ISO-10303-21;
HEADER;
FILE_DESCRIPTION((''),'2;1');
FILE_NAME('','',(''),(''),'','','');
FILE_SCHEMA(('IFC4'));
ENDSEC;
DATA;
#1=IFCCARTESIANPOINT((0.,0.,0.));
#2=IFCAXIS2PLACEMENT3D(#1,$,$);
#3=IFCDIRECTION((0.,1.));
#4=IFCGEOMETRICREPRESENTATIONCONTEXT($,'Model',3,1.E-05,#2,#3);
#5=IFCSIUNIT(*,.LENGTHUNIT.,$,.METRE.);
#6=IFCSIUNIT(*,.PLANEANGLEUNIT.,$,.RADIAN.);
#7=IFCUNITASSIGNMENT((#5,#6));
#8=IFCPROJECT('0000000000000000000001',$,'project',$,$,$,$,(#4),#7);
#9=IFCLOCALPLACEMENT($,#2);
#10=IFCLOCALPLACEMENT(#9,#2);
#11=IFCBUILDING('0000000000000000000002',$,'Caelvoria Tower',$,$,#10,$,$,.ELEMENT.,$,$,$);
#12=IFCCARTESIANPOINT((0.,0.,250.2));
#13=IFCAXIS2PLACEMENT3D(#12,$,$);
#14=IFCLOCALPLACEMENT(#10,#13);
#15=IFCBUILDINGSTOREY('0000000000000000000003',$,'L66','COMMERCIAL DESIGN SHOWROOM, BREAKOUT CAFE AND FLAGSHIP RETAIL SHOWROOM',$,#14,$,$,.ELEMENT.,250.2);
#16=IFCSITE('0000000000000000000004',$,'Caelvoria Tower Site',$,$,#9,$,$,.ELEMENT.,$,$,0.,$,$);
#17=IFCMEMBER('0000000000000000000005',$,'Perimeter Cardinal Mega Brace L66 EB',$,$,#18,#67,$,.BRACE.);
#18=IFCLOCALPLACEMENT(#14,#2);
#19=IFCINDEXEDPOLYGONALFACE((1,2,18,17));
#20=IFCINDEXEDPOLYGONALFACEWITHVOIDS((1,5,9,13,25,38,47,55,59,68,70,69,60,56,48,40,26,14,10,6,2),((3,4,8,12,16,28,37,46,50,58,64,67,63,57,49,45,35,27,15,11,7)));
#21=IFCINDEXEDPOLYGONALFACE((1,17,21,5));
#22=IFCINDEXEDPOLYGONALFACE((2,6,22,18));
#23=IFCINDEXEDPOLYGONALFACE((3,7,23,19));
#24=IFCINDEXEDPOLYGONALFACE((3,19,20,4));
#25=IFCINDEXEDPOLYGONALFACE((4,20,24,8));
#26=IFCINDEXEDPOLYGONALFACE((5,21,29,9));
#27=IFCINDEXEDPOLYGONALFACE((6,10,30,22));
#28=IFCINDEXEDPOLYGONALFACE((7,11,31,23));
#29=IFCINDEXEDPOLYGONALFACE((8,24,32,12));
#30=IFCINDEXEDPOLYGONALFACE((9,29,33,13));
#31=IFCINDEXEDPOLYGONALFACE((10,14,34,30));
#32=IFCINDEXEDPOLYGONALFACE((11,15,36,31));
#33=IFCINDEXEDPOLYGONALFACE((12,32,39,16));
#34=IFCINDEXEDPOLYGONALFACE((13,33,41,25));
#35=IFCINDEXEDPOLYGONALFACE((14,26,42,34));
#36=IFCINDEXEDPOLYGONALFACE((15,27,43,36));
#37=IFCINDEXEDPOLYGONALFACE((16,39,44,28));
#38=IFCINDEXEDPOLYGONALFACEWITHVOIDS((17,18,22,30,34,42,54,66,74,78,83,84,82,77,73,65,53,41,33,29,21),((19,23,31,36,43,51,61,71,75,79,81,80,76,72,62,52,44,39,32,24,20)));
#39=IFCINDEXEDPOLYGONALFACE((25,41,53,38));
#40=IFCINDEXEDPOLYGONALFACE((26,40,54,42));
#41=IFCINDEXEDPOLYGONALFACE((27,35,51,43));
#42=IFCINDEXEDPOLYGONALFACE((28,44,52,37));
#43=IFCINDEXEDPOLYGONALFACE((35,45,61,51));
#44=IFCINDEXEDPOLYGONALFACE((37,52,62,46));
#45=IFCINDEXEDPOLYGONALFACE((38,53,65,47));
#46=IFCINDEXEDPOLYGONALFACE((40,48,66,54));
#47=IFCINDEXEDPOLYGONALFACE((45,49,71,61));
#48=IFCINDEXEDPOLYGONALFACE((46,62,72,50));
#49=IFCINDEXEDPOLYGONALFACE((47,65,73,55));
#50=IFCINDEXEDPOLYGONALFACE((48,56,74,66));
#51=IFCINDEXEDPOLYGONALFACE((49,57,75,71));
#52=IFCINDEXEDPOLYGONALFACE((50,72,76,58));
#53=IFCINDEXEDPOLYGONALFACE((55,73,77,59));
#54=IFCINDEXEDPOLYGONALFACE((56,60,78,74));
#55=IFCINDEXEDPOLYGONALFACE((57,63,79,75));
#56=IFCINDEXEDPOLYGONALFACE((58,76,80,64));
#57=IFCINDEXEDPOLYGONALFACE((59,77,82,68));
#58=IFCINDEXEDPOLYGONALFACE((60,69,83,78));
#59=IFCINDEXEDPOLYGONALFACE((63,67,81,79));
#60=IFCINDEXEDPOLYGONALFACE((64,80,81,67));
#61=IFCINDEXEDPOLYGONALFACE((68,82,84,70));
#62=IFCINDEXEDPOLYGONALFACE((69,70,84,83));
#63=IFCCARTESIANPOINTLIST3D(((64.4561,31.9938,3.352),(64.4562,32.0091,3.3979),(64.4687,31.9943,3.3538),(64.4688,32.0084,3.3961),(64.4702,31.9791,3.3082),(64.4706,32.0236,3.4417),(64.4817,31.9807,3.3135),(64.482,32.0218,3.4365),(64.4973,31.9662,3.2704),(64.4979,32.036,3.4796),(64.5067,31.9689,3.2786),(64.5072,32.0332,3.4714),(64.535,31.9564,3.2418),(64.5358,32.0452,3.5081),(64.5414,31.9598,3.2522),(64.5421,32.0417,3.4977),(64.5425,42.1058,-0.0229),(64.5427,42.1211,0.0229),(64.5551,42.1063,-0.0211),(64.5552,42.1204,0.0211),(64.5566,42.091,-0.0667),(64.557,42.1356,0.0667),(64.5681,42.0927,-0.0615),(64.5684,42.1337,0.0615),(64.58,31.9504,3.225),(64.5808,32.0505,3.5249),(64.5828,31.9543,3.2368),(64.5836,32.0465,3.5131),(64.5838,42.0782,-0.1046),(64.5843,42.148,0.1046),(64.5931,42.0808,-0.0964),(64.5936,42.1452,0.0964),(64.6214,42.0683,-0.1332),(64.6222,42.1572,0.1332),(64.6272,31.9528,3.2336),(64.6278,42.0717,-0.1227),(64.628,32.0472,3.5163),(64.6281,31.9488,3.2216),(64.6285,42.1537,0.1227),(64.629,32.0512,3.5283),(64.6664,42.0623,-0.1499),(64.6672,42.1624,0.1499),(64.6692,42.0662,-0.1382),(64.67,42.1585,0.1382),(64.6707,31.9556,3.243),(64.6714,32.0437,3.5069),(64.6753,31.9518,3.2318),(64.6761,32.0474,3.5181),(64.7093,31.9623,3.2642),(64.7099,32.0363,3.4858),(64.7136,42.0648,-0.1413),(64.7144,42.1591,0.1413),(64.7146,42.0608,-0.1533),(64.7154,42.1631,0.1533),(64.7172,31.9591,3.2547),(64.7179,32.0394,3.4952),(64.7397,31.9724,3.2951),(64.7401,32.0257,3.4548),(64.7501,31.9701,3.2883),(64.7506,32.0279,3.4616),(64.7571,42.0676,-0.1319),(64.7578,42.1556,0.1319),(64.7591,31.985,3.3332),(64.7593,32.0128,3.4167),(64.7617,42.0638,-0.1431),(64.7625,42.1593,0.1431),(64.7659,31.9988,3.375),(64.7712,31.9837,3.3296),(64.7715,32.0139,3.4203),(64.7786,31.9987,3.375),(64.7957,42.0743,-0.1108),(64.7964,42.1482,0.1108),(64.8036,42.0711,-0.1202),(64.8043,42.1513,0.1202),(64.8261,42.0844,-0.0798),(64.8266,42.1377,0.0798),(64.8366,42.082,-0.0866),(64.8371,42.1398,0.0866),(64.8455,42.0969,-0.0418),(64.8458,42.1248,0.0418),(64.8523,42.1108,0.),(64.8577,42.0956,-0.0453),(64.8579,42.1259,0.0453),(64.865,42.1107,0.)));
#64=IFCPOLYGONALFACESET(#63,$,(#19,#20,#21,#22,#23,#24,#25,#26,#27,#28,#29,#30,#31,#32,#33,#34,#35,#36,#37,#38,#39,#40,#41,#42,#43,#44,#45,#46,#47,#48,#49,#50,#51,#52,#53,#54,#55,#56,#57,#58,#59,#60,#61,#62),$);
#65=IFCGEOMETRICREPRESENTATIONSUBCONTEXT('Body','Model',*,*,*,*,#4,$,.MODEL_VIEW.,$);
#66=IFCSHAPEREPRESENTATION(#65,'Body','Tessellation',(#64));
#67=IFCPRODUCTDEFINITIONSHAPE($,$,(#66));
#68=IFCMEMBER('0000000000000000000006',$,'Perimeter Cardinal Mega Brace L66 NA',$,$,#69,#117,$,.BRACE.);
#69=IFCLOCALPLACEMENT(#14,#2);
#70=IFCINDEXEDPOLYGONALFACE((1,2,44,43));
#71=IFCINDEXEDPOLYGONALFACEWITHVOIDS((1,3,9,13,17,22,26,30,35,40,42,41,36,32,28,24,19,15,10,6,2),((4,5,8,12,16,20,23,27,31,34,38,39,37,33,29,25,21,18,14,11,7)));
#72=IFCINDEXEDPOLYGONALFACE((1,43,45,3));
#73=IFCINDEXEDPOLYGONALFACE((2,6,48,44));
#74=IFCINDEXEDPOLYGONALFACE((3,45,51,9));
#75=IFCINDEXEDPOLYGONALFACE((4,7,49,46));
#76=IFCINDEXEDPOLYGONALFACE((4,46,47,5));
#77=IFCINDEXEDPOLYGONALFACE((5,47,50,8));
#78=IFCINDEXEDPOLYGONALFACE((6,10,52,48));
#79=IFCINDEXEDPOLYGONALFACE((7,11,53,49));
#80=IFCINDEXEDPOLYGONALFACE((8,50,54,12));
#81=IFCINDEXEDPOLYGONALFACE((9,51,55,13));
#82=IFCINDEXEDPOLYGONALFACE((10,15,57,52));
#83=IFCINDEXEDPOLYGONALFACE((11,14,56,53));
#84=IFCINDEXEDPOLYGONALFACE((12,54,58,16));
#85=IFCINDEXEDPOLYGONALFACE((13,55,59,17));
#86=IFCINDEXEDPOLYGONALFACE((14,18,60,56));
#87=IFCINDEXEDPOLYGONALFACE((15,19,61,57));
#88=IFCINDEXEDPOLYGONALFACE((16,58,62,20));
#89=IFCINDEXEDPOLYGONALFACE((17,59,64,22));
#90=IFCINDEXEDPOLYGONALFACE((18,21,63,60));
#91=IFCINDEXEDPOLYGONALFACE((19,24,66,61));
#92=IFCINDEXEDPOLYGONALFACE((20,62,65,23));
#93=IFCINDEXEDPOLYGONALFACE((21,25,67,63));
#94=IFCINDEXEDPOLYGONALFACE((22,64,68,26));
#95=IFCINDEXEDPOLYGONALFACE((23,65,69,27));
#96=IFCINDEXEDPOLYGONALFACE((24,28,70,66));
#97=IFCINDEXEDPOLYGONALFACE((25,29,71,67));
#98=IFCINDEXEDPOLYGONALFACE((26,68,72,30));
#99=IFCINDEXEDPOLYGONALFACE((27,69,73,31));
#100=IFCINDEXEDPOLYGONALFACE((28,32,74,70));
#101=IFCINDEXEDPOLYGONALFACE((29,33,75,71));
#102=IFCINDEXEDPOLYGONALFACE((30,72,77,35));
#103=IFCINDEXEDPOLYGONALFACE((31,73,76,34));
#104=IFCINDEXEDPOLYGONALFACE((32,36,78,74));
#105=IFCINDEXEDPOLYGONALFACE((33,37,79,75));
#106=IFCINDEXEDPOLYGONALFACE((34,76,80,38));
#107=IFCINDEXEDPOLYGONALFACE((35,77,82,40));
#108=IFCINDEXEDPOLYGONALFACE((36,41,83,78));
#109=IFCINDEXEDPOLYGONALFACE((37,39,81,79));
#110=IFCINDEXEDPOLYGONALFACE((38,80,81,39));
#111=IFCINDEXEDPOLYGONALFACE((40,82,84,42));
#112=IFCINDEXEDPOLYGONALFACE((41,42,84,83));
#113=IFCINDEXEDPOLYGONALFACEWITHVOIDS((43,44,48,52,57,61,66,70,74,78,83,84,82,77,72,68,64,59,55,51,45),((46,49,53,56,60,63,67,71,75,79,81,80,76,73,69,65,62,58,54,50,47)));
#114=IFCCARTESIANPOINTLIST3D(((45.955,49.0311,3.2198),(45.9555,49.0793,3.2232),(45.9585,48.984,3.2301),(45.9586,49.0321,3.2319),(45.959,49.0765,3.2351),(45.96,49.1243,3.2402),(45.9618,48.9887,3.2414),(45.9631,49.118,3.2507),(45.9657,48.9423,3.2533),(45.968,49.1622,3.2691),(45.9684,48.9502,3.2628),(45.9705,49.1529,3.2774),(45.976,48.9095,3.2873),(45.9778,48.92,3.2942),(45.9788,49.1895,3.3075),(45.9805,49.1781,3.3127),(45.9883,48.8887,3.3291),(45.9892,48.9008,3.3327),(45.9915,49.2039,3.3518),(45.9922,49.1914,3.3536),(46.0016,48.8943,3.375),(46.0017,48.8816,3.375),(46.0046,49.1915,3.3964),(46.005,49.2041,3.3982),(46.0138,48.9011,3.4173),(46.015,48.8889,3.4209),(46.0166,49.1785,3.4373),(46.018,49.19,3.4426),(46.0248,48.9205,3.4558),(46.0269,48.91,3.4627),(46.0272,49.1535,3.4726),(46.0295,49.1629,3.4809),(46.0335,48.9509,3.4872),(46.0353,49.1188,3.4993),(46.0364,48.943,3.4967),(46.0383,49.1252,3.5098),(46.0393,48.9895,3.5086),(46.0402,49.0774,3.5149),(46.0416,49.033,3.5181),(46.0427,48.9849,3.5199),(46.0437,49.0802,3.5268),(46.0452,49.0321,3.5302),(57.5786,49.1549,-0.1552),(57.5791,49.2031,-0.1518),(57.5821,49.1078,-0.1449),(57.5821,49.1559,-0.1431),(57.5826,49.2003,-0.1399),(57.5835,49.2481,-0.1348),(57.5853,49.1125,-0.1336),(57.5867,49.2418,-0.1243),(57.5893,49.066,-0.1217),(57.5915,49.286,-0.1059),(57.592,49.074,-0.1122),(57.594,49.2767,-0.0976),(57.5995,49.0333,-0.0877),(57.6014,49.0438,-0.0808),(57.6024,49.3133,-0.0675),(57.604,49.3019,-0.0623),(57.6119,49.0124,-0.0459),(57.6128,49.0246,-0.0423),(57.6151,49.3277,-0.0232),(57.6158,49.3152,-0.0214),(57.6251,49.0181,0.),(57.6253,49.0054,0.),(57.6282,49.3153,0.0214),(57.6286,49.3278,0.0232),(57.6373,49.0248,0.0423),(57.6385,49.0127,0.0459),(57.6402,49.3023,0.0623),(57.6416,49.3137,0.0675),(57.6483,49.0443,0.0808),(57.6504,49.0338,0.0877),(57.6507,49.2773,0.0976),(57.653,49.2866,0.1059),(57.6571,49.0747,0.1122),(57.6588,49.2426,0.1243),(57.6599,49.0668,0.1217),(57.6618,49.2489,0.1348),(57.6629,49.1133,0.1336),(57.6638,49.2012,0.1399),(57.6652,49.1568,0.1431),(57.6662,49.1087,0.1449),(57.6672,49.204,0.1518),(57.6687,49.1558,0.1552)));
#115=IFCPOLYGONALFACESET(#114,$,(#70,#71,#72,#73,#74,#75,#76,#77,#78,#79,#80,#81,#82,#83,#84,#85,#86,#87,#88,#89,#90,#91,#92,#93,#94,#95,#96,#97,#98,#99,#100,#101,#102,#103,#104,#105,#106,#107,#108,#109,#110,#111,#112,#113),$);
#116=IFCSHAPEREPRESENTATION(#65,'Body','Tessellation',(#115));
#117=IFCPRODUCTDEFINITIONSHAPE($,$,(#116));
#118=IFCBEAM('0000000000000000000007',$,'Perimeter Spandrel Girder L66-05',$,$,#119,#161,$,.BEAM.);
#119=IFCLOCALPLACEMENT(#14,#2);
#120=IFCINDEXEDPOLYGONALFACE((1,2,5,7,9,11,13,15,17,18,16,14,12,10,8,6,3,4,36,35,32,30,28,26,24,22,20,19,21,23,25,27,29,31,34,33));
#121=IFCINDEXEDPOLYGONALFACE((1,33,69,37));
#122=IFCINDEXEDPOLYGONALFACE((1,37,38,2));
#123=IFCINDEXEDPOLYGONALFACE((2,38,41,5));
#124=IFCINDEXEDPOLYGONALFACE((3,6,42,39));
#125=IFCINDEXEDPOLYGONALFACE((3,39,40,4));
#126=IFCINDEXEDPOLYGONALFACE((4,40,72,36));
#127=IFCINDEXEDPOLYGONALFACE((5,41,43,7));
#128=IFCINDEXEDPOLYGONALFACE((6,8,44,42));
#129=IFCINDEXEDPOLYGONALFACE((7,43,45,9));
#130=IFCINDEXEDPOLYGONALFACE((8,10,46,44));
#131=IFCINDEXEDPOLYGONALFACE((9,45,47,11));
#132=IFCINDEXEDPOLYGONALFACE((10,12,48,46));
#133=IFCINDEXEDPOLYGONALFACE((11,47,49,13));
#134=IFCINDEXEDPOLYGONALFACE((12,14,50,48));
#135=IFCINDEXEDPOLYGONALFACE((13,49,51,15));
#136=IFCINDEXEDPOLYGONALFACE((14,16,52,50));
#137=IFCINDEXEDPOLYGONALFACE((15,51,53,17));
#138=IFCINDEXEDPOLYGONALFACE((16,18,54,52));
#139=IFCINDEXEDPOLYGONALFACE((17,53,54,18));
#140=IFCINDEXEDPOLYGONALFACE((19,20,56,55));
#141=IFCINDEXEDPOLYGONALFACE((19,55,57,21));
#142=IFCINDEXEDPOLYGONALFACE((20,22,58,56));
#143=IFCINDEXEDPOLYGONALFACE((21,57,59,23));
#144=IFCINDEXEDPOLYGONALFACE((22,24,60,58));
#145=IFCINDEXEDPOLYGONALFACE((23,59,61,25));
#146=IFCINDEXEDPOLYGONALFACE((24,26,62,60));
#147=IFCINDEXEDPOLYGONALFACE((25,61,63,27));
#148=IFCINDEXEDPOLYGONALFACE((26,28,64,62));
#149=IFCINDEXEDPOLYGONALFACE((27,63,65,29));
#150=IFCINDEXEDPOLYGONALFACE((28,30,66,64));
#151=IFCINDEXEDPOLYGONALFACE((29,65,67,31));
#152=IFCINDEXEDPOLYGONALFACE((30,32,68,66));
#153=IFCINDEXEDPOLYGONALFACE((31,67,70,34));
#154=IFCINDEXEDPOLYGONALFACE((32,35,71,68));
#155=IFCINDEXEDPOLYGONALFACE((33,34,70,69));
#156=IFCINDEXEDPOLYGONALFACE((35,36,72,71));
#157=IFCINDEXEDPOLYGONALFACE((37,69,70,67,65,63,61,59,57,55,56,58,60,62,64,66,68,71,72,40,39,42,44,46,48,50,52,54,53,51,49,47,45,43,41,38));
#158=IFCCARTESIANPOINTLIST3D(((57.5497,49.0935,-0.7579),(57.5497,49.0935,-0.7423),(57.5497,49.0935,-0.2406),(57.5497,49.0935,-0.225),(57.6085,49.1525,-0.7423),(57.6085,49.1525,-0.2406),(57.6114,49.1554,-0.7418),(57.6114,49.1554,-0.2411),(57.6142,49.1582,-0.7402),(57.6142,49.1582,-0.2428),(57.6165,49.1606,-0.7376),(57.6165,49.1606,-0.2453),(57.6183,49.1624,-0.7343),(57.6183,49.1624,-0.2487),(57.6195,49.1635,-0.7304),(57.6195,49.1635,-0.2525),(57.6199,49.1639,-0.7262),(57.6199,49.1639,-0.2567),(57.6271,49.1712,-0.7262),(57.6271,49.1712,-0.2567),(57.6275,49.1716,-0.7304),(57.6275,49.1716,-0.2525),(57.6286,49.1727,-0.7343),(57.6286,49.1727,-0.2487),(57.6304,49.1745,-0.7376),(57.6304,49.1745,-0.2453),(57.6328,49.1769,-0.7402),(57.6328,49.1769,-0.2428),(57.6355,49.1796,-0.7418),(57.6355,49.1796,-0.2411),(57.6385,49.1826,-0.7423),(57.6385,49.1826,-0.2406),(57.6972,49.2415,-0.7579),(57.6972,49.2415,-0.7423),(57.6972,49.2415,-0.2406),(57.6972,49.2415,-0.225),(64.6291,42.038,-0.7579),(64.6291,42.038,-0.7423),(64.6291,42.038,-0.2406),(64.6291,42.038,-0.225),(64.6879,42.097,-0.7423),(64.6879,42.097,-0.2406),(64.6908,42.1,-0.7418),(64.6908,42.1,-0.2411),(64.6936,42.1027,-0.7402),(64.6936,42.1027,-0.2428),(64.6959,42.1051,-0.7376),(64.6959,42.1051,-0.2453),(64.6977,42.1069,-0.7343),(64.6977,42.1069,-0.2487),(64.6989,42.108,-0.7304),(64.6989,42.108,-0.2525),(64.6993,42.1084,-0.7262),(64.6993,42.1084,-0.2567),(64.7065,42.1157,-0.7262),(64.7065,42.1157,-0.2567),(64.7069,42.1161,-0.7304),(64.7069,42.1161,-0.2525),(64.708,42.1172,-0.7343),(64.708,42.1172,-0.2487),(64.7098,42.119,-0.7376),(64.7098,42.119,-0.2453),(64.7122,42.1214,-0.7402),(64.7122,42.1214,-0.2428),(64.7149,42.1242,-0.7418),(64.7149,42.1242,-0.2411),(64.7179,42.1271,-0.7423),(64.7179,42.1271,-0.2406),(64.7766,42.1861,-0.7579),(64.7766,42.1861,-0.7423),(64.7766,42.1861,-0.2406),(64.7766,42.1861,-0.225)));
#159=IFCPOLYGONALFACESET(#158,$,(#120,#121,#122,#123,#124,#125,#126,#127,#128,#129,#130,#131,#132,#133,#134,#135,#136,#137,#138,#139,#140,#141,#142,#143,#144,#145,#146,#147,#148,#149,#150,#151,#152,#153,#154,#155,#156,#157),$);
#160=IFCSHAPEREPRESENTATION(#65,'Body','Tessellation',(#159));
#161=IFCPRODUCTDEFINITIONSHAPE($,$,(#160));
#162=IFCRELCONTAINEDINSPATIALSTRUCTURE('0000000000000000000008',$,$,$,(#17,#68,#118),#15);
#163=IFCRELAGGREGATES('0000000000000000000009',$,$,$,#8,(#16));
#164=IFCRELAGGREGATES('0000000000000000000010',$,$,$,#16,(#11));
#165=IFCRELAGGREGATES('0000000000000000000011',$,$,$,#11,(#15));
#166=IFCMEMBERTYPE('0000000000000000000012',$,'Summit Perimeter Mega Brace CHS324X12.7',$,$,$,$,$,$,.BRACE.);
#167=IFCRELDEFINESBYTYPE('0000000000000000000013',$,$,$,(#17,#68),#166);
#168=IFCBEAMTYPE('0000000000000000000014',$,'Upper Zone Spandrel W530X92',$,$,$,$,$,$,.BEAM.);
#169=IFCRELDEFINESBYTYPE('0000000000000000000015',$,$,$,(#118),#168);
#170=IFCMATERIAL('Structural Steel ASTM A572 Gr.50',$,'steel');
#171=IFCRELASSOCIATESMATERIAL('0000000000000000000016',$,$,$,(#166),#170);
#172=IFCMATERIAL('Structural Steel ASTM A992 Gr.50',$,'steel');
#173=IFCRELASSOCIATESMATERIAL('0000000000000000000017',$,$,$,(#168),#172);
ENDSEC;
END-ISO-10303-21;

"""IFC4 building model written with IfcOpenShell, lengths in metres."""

from ifc_helpers import new_model, si_unit, direction, frame, origin, origin_2d, place, context, subcontext, project, spatial, hollow_circle, i_section, extrude, material, material_profile, profile_set, type_object, element, save


model = new_model("IFC4")

# Units and contexts
model_context = context("Model", 3, precision=1e-05, world=origin(), true_north=direction((0.0, 1.0)))
body_context = subcontext(model_context, "Body", "Model", "MODEL_VIEW")
ifc_project = project(units=[si_unit("LENGTHUNIT", "METRE"), si_unit("PLANEANGLEUNIT", "RADIAN")], contexts=[model_context])

# Site, building, storey
site_placement = place(None, origin())
site = spatial("IfcSite", under=ifc_project, at=site_placement, Name="Caelvoria Tower Site", CompositionType="ELEMENT", RefElevation=0.0)
building_placement = place(site_placement, origin())
building = spatial("IfcBuilding", under=site, at=building_placement, Name="Caelvoria Tower", CompositionType="ELEMENT")
storey_placement = place(building_placement, frame((0.0, 0.0, 250.2)))
storey = spatial("IfcBuildingStorey", under=building, at=storey_placement, Name="L66", Description="COMMERCIAL DESIGN SHOWROOM, BREAKOUT CAFE AND FLAGSHIP RETAIL SHOWROOM", CompositionType="ELEMENT", Elevation=250.2)

# Shared definitions
ifc_material_1 = material(Name="Structural Steel ASTM A572 Gr.50", Category="steel")

# Shared definitions
ifc_material_2 = material(Name="Structural Steel ASTM A992 Gr.50", Category="steel")

# Members
ifc_material_profile_1 = material_profile(ifc_material_1, hollow_circle(Radius=0.1621, WallThickness=0.0127, at=origin_2d()), Name="Structural Steel ASTM A572 Gr.50")
ifc_profile_set_1 = profile_set([ifc_material_profile_1], Name="CHS324X12.7 - Structural Steel ASTM A572 Gr.50")
member_type = type_object("IfcMemberType", Name="Summit Perimeter Mega Brace CHS324X12.7", PredefinedType="BRACE", material=ifc_profile_set_1)
member_1_placement = place(storey_placement, frame((64.7029, 42.1121, 0.0), z_axis=(-0.008107, -0.948531, 0.316581), x_axis=(0.999963, -0.008546, 0.0)))
element("IfcMember", 1, at=member_1_placement, inside=storey, type_object=member_type, Name="Perimeter Cardinal Mega Brace L66 EB", PredefinedType="BRACE", context=body_context, shape_type="SweptSolid", body=[
    extrude(hollow_circle(Radius=0.1621, WallThickness=0.0127, at=origin_2d()), origin(), (0.0, 0.0, 1.0), 10.6606),
])
member_2_placement = place(storey_placement, frame((57.6235, 49.1675, 0.0), z_axis=(-0.960287, -0.010226, 0.278828), x_axis=(0.010648, -0.999943, 0.0)))
element("IfcMember", 2, at=member_2_placement, inside=storey, type_object=member_type, Name="Perimeter Cardinal Mega Brace L66 NA", PredefinedType="BRACE", context=body_context, shape_type="SweptSolid", body=[
    extrude(hollow_circle(Radius=0.1621, WallThickness=0.0127, at=origin_2d()), origin(), (0.0, 0.0, 1.0), 12.1042),
])

# Beam
ifc_material_profile_2 = material_profile(ifc_material_2, i_section(OverallWidth=0.209, OverallDepth=0.533, WebThickness=0.0103, FlangeThickness=0.0156, FilletRadius=0.0161, at=origin_2d()), Name="Structural Steel ASTM A992 Gr.50")
ifc_profile_set_2 = profile_set([ifc_material_profile_2], Name="W530X92 - Structural Steel ASTM A992 Gr.50")
beam_type_1 = type_object("IfcBeamType", Name="Upper Zone Spandrel W530X92", PredefinedType="BEAM", material=ifc_profile_set_2)
beam_1_placement = place(storey_placement, frame((64.7029, 42.1121, -0.4915), z_axis=(-0.708303, 0.705909, 0.0), x_axis=(-0.705909, -0.708303, 0.0)))
element("IfcBeam", 3, at=beam_1_placement, inside=storey, type_object=beam_type_1, Name="Perimeter Spandrel Girder L66-05", PredefinedType="BEAM", context=body_context, shape_type="SweptSolid", body=[
    extrude(i_section(OverallWidth=0.209, OverallDepth=0.533, WebThickness=0.0103, FlangeThickness=0.0156, FilletRadius=0.0161, at=origin_2d()), origin(), (0.0, 0.0, 1.0), 9.9949),
])

save(model, "model.ifc")
